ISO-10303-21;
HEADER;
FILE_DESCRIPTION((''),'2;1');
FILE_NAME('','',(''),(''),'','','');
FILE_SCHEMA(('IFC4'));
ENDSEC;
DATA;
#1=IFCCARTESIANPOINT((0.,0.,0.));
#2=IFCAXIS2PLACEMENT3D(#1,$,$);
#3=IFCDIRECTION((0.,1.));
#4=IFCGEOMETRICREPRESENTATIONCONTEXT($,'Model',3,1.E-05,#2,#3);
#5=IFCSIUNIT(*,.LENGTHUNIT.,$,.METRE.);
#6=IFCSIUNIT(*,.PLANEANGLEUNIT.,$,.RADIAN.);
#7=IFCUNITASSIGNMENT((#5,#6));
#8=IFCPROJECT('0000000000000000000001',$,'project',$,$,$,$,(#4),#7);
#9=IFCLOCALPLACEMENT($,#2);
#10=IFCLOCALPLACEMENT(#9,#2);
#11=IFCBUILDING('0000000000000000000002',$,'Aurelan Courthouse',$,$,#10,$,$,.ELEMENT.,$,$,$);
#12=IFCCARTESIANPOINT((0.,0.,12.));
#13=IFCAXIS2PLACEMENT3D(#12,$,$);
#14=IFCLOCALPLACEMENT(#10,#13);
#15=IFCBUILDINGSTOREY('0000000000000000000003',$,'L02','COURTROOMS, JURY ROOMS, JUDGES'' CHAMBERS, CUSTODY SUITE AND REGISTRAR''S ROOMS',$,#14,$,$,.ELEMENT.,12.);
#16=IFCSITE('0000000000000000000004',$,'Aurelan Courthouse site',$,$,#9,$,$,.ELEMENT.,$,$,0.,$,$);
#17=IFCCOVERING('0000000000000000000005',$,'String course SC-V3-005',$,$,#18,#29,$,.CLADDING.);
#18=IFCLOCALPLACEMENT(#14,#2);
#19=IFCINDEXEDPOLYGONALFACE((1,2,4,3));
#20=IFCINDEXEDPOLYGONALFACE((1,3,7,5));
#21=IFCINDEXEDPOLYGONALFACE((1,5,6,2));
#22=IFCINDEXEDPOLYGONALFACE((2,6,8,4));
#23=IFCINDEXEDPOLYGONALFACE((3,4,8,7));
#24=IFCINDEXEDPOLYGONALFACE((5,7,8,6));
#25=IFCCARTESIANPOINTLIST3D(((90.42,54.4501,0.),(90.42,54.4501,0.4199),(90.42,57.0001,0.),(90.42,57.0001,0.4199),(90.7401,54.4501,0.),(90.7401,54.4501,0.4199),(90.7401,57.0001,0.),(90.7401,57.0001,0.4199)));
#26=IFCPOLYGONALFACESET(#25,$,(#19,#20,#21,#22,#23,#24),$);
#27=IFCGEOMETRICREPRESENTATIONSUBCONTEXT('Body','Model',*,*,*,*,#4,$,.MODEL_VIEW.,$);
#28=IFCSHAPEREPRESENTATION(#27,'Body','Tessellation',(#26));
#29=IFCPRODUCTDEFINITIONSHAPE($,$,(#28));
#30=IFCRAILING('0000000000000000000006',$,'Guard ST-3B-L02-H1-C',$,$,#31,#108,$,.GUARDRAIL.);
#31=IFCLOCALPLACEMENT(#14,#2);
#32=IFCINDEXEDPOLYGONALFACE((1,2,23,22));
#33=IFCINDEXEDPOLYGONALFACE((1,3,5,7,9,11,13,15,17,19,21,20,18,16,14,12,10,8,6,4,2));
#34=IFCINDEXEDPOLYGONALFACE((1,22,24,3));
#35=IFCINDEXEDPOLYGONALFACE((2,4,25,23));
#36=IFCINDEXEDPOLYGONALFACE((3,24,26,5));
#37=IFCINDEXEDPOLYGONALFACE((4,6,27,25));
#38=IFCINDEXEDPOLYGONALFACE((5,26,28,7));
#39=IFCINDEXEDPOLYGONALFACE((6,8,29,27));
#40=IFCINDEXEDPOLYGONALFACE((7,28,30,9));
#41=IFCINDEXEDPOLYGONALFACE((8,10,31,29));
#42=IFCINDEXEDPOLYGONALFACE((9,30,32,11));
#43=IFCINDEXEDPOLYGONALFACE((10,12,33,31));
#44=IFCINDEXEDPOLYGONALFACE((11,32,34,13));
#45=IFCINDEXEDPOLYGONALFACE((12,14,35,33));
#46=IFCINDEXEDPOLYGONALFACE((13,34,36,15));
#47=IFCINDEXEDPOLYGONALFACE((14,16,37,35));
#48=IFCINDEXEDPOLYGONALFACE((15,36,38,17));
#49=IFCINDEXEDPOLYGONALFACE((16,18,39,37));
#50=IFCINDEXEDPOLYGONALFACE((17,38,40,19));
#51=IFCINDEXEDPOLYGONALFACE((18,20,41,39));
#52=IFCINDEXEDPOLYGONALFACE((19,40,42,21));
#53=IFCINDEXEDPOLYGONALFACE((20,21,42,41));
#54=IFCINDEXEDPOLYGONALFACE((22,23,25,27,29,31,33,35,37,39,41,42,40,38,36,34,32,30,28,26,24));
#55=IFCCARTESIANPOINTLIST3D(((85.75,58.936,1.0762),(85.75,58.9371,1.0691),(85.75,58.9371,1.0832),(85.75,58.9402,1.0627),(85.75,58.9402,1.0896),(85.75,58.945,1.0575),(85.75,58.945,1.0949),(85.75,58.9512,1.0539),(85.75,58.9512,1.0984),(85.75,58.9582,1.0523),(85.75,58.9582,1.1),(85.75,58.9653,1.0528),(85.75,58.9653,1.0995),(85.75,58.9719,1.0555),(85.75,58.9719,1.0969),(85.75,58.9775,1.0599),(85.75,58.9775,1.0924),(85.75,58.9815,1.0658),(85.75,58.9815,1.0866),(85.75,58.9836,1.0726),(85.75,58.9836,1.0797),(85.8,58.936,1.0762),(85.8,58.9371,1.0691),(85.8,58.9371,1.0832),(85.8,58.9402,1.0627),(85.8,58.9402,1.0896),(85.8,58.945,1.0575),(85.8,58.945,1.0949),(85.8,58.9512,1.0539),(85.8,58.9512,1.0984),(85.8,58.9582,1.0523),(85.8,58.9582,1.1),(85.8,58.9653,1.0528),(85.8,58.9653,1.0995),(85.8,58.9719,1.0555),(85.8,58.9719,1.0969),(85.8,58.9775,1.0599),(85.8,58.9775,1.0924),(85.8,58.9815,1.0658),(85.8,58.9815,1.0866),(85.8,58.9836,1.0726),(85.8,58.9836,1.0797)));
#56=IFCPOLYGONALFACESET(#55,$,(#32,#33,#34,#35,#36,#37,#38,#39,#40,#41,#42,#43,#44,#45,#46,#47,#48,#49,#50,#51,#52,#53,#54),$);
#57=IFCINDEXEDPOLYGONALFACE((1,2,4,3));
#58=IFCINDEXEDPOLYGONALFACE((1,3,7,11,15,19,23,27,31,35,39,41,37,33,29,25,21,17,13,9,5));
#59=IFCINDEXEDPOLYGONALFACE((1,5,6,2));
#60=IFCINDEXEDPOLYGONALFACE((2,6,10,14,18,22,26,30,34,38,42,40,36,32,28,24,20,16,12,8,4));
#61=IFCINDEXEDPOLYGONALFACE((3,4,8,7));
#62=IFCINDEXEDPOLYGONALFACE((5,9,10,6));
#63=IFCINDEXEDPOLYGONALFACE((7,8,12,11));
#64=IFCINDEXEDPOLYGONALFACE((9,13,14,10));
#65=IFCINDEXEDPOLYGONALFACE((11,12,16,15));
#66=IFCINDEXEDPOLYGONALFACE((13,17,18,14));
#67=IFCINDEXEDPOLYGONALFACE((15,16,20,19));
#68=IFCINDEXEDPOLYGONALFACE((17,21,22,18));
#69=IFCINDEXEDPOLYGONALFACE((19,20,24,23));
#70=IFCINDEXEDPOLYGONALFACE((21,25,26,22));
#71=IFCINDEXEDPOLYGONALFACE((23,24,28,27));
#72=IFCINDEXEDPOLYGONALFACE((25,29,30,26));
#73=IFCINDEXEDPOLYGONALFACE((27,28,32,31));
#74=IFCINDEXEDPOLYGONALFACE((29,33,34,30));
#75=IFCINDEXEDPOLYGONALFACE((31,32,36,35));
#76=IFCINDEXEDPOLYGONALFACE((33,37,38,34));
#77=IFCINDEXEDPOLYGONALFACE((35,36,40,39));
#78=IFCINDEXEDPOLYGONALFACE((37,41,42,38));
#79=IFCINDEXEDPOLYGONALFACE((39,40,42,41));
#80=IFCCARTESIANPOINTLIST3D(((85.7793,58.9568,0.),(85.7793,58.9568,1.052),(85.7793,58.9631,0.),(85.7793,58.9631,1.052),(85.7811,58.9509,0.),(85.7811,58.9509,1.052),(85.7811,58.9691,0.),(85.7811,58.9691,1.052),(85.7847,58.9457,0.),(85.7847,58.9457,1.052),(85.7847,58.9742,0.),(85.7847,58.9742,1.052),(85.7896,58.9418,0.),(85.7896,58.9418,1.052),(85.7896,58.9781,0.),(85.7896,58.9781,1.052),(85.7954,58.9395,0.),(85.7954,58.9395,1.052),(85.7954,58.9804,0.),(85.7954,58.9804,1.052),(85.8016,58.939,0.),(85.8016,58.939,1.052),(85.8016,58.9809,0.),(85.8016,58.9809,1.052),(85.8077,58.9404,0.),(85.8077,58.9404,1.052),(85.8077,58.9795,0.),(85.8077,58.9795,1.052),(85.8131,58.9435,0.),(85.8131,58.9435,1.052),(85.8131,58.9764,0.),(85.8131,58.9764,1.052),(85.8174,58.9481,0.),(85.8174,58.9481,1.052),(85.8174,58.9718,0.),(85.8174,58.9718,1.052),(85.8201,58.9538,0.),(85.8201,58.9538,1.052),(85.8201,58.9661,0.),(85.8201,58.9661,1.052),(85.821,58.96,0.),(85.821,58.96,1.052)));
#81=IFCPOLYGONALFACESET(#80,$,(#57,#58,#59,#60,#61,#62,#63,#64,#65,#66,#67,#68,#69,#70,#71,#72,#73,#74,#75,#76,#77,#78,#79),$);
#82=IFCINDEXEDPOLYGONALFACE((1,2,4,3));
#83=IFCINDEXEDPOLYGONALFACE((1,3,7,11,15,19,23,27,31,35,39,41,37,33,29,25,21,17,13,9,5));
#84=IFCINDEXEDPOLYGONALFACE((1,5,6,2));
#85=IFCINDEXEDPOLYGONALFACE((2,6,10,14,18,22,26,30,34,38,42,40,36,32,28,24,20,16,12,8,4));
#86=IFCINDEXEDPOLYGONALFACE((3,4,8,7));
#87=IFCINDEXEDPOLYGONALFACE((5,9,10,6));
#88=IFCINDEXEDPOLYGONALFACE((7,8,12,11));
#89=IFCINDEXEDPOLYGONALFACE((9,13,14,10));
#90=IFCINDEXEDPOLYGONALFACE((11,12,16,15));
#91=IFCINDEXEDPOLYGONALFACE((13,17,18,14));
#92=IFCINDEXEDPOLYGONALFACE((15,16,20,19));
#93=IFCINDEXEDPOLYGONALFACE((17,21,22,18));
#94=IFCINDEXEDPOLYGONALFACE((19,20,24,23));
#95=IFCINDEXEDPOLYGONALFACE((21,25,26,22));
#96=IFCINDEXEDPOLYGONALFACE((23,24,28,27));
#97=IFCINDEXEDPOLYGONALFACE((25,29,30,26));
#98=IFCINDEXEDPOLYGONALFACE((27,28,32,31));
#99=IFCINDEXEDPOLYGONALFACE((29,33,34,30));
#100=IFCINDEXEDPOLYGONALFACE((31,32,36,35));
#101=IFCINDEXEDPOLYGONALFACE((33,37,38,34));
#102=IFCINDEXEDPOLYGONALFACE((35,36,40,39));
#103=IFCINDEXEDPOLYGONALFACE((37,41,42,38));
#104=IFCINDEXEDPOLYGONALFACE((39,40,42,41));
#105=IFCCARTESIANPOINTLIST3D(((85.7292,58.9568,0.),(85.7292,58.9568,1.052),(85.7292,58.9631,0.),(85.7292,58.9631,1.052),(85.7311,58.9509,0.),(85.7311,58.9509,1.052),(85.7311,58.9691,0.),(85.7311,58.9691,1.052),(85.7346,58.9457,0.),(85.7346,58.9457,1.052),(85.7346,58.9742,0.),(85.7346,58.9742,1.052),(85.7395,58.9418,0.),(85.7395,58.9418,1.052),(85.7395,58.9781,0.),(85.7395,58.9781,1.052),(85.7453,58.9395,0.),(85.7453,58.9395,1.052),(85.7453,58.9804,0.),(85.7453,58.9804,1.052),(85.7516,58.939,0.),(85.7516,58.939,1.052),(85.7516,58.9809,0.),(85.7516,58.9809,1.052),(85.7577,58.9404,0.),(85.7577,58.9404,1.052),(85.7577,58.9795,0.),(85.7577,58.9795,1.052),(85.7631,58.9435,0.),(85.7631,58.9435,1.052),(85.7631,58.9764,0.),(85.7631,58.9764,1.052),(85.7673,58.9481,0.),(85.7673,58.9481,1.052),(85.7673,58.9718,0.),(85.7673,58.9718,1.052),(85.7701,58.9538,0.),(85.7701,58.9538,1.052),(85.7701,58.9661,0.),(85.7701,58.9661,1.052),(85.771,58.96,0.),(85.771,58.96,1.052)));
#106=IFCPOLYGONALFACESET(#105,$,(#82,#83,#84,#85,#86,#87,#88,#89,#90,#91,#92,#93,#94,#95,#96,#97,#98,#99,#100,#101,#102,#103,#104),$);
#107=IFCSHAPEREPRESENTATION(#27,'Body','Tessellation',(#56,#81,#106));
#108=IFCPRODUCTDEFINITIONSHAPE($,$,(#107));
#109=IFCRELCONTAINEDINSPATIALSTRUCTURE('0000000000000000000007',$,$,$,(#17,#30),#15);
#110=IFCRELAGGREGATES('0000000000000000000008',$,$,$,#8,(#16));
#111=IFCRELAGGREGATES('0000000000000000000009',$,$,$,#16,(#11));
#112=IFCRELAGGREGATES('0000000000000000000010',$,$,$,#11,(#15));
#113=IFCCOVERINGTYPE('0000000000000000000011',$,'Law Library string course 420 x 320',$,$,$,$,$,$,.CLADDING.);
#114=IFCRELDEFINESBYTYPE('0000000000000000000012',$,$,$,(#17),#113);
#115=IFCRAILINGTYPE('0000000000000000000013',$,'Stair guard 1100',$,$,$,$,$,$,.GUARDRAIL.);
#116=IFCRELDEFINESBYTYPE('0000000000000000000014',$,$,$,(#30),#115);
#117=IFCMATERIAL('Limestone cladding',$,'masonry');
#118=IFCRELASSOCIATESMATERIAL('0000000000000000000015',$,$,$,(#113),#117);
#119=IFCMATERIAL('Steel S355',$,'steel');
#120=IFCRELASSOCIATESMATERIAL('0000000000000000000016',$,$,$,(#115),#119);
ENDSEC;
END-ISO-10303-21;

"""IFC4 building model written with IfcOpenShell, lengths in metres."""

from ifc_helpers import new_model, si_unit, direction, frame, origin, origin_2d, place, context, subcontext, project, spatial, rectangle, circle, extrude, material, type_object, element, save


model = new_model("IFC4")

# Units and contexts
model_context = context("Model", 3, precision=1e-05, world=origin(), true_north=direction((0.0, 1.0)))
body_context = subcontext(model_context, "Body", "Model", "MODEL_VIEW")
ifc_project = project(units=[si_unit("LENGTHUNIT", "METRE"), si_unit("PLANEANGLEUNIT", "RADIAN")], contexts=[model_context])

# Site, building, storey
site_placement = place(None, origin())
site = spatial("IfcSite", under=ifc_project, at=site_placement, Name="Aurelan Courthouse site", CompositionType="ELEMENT", RefElevation=0.0)
building_placement = place(site_placement, origin())
building = spatial("IfcBuilding", under=site, at=building_placement, Name="Aurelan Courthouse", CompositionType="ELEMENT")
storey_placement = place(building_placement, frame((0.0, 0.0, 12.0)))
storey = spatial("IfcBuildingStorey", under=building, at=storey_placement, Name="L02", Description="COURTROOMS, JURY ROOMS, JUDGES' CHAMBERS, CUSTODY SUITE AND REGISTRAR'S ROOMS", CompositionType="ELEMENT", Elevation=12.0)

# Shared definitions
ifc_material_1 = material(Name="Limestone cladding", Category="masonry")

# Covering
covering_type_1 = type_object("IfcCoveringType", Name="Law Library string course 420 x 320", PredefinedType="CLADDING", material=ifc_material_1)
covering_1_placement = place(storey_placement, frame((90.5801, 55.7251, 0.0), z_axis=(0.0, 0.0, 1.0), x_axis=(1.0, 0.0, 0.0)))
element("IfcCovering", 1, at=covering_1_placement, inside=storey, type_object=covering_type_1, Name="String course SC-V3-005", PredefinedType="CLADDING", context=body_context, shape_type="SweptSolid", body=[
    extrude(rectangle(XDim=0.3201, YDim=2.55, at=origin_2d()), origin(), (0.0, 0.0, 1.0), 0.4199),
])

# Railing
ifc_material_2 = material(Name="Steel S355", Category="steel")
railing_type_1 = type_object("IfcRailingType", Name="Stair guard 1100", PredefinedType="GUARDRAIL", material=ifc_material_2)
railing_1_placement = place(storey_placement, frame((85.8, 58.96, 0.0)))
element("IfcRailing", 2, at=railing_1_placement, inside=storey, type_object=railing_type_1, Name="Guard ST-3B-L02-H1-C", PredefinedType="GUARDRAIL", context=body_context, shape_type="SweptSolid", body=[
    extrude(circle(Radius=0.0239, at=origin_2d()), frame((0.0, 0.0, 1.0762), z_axis=(-1.0, 0.0, 0.0), x_axis=(0.0, -1.0, 0.0)), (0.0, 0.0, 1.0), 0.05),
    extrude(circle(Radius=0.021, at=origin_2d()), origin(), (0.0, 0.0, 1.0), 1.052),
    extrude(circle(Radius=0.021, at=origin_2d()), frame((-0.05, 0.0, 0.0)), (0.0, 0.0, 1.0), 1.052),
])

save(model, "model.ifc")
